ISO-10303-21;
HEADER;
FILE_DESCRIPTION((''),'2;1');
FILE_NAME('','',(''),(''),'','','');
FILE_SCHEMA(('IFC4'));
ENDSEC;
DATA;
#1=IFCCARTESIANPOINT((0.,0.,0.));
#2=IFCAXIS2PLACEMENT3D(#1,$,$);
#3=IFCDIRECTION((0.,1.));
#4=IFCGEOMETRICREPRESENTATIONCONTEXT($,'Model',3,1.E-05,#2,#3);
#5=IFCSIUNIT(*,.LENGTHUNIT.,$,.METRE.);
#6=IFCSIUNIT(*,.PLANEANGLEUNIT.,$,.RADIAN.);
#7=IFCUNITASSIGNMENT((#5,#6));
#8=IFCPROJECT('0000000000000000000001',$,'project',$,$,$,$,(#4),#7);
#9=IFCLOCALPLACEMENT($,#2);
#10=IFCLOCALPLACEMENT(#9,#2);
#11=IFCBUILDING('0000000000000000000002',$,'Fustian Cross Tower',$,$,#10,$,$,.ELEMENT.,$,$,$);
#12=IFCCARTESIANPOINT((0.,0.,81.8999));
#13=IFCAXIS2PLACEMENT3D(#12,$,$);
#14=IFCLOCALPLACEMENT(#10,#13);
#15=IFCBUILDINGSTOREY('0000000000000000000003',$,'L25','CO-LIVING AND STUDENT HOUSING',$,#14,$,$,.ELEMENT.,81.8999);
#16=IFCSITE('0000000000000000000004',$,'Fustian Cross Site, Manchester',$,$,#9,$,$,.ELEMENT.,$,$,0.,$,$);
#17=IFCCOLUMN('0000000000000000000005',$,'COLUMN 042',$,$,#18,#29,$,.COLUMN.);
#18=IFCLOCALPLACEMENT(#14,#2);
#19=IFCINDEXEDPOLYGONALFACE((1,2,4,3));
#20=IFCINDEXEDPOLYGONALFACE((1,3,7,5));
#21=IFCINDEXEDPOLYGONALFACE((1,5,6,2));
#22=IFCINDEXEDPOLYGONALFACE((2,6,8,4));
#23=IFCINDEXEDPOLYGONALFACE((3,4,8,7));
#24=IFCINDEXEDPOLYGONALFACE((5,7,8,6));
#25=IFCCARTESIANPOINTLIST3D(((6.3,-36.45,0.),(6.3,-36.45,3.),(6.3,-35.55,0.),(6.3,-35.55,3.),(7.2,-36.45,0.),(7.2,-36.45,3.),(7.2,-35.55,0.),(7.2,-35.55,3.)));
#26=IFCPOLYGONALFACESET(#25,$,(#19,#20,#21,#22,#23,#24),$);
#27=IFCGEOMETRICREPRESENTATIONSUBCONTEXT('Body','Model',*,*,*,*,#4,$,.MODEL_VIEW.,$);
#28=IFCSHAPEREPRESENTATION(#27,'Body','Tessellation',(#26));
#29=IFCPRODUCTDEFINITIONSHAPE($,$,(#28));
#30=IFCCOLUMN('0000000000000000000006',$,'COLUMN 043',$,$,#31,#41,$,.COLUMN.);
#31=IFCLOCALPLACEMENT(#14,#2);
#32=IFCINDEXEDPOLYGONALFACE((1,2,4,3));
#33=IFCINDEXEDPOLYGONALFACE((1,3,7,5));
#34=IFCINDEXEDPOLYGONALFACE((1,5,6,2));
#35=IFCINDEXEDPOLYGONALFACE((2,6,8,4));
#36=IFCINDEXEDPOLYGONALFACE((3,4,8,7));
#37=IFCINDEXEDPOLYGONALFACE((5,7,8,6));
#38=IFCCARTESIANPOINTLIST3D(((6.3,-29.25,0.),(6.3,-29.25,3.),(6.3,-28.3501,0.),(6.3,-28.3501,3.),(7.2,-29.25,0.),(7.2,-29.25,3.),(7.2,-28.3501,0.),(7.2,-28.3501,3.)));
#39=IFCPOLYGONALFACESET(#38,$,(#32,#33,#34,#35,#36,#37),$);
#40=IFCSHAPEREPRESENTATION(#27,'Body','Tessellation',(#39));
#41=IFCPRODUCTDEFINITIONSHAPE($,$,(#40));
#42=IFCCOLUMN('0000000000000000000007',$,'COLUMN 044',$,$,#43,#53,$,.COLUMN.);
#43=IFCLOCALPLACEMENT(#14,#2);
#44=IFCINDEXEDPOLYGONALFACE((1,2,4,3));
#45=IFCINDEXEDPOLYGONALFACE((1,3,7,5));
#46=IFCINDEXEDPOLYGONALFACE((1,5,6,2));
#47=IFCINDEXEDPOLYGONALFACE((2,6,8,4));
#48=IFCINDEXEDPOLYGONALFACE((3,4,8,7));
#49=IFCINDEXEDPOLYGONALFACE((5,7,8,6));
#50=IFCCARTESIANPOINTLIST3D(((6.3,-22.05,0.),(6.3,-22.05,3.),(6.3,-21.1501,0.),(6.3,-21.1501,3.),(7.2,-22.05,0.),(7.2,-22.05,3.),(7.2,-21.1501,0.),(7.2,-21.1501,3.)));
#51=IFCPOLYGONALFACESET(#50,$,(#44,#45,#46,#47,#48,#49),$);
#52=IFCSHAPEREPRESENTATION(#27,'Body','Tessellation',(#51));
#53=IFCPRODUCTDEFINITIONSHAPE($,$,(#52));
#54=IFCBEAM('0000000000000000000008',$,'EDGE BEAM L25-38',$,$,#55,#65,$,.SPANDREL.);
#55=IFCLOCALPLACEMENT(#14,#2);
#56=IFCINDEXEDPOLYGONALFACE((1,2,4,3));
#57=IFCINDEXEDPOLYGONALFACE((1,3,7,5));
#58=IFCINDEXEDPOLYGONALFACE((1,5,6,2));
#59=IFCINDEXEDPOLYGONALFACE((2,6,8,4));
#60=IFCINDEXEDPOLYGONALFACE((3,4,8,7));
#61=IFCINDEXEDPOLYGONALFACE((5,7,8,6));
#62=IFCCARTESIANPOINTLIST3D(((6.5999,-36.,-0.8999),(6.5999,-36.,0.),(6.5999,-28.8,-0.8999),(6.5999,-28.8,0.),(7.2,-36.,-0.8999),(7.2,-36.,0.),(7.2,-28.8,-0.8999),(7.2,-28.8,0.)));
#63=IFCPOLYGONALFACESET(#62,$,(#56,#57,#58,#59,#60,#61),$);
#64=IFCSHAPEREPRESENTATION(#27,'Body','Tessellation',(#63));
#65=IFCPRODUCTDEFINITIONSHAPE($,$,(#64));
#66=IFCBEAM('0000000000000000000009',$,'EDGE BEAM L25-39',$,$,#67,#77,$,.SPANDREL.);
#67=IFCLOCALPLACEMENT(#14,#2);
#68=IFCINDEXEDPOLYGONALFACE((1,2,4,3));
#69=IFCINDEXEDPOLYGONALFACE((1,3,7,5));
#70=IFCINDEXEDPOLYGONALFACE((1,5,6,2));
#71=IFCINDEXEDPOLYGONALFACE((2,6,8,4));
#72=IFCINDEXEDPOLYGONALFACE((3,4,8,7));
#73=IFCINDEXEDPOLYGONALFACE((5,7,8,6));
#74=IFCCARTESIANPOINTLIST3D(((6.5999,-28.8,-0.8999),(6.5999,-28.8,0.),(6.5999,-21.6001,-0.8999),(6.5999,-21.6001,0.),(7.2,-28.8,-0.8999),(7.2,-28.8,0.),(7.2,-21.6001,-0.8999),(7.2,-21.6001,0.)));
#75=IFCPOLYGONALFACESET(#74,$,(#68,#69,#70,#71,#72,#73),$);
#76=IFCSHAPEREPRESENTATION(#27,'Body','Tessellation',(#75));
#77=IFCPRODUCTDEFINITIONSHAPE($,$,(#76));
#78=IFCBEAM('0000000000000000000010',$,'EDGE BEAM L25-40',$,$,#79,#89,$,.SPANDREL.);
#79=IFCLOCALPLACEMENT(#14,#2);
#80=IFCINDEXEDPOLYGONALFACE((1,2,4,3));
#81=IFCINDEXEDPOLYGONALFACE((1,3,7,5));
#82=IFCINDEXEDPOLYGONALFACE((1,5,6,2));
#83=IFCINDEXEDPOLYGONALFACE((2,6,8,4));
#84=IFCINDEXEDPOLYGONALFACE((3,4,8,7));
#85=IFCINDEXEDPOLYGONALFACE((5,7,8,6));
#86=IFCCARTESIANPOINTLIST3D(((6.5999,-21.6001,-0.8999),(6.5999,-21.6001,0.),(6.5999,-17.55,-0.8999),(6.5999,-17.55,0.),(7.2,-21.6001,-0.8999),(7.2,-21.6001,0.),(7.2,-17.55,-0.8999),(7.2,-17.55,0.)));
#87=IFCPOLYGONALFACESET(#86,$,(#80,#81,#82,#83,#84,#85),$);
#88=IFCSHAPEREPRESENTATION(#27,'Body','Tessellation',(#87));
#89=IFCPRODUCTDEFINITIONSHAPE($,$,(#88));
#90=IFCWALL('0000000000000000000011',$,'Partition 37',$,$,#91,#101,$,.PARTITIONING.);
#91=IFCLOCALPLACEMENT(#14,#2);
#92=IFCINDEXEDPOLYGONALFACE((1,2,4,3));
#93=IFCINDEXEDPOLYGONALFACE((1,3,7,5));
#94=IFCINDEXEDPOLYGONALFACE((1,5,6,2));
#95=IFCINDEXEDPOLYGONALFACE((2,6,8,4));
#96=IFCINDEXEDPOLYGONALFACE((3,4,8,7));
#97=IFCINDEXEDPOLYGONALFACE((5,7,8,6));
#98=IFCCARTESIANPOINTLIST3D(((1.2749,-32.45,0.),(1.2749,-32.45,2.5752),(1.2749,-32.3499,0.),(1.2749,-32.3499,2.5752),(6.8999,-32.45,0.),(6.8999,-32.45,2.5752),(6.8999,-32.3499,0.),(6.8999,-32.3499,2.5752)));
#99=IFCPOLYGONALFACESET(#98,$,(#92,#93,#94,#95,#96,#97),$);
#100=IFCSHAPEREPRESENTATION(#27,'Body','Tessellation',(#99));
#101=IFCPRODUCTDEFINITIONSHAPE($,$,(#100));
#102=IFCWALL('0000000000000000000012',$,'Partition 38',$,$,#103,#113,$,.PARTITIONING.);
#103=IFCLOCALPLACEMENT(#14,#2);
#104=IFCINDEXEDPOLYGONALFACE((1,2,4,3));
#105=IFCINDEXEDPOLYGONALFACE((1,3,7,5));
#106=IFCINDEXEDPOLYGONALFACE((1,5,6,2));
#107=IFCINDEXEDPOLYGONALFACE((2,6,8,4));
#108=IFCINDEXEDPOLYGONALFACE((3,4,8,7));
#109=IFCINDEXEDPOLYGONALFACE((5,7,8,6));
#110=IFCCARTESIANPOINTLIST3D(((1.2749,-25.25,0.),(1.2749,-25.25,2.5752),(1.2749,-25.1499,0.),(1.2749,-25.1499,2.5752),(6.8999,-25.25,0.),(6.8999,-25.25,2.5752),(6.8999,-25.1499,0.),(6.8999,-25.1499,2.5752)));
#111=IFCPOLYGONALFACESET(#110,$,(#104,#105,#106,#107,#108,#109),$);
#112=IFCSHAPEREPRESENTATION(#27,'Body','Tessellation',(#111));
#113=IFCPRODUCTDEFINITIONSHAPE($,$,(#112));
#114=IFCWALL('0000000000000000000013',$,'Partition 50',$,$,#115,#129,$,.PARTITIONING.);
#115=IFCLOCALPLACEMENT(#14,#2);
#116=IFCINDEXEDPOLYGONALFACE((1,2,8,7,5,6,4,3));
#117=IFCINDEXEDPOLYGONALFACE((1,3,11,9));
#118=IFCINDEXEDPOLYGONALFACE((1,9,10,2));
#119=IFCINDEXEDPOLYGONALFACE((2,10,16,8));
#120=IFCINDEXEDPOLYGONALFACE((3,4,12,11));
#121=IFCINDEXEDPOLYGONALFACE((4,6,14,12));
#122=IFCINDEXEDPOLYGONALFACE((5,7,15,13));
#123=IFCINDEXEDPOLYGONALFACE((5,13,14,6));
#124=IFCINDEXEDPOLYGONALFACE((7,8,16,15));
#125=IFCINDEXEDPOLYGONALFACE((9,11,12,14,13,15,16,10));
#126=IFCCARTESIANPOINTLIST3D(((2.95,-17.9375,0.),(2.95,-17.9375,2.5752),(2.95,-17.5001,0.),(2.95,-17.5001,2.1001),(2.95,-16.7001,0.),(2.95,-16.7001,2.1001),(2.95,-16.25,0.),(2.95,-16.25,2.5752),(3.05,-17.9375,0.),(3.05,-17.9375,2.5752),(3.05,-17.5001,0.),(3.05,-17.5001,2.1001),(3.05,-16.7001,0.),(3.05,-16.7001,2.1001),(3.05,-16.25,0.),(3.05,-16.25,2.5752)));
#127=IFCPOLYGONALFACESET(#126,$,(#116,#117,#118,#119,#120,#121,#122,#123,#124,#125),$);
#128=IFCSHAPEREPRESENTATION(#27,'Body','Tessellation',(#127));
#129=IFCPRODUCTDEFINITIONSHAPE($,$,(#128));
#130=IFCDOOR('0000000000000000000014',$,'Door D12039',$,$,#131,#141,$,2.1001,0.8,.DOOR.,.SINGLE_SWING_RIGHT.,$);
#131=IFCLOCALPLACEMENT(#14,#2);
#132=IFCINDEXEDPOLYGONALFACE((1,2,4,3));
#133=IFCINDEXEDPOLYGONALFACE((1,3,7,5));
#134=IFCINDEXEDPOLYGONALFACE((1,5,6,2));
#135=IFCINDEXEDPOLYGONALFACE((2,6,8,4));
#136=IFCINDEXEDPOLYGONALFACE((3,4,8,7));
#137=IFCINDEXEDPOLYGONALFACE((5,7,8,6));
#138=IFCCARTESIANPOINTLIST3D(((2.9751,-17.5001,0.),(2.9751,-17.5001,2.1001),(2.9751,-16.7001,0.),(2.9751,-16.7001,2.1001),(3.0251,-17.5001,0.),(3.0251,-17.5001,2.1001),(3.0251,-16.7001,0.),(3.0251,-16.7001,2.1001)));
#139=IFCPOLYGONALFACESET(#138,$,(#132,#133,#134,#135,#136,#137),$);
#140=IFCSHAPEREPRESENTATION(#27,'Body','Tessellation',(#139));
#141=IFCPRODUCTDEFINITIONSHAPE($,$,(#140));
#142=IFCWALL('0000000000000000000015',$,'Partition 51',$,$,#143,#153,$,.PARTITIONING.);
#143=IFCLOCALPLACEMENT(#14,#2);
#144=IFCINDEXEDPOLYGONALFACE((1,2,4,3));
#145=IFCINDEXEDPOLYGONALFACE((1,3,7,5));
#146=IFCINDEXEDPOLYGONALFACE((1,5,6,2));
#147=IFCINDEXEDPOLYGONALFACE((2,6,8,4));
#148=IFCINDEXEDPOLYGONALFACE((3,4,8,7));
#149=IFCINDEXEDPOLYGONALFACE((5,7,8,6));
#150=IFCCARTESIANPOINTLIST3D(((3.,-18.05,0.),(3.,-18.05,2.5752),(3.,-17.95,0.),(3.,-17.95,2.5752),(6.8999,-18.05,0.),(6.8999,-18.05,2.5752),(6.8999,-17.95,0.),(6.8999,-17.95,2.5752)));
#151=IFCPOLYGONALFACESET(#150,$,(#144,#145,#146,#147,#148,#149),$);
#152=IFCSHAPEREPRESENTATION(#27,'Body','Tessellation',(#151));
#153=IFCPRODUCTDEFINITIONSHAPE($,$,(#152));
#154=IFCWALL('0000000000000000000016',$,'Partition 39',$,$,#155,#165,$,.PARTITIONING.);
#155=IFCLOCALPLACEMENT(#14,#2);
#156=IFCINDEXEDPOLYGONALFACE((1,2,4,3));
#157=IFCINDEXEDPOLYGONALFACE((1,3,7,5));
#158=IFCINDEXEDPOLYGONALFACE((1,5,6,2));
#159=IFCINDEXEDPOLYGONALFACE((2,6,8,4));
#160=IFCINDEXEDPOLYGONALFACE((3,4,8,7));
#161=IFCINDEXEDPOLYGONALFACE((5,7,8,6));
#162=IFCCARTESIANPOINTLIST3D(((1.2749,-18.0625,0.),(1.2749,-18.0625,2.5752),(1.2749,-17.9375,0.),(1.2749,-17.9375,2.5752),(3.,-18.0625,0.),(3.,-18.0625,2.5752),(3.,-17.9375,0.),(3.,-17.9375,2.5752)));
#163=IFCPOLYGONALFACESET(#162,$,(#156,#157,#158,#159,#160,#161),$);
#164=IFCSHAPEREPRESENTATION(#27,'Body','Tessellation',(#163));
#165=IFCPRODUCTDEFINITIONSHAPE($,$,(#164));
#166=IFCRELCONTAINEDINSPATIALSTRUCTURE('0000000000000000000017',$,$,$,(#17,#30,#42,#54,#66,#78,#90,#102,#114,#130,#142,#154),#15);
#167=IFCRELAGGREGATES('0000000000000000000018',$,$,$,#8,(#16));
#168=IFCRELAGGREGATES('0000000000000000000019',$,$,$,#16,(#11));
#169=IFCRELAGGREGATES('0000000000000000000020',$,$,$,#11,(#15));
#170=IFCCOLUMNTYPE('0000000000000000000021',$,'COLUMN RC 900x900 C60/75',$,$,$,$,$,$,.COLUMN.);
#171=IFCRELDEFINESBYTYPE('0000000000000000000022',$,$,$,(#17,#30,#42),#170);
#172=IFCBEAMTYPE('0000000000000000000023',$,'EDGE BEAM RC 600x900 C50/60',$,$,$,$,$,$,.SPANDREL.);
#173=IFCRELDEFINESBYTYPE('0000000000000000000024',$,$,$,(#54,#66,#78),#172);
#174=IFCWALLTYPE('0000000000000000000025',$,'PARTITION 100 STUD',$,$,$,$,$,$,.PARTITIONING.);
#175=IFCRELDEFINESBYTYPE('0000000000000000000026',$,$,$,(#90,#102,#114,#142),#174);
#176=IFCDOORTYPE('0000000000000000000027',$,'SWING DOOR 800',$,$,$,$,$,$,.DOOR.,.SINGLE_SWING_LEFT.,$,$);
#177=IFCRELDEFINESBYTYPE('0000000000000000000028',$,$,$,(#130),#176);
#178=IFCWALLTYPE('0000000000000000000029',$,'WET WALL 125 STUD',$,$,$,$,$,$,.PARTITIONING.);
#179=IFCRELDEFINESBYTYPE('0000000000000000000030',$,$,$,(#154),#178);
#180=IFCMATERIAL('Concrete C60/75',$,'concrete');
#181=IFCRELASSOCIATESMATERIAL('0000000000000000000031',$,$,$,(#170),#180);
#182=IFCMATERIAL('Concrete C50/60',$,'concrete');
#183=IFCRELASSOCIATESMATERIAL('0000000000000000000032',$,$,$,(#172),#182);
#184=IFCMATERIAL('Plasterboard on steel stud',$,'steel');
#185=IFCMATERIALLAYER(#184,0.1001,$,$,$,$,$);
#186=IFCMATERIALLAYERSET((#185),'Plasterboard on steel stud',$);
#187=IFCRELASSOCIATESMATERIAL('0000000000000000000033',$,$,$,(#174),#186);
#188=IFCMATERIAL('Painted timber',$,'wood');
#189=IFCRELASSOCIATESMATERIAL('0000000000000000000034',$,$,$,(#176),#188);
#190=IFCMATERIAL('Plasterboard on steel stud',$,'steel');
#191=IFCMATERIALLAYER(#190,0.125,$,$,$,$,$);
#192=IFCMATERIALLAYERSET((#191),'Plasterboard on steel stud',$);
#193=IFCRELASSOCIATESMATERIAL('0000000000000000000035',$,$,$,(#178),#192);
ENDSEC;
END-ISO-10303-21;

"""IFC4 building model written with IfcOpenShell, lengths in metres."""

from ifc_helpers import new_model, si_unit, direction, frame, frame_2d, origin, origin_2d, place, context, subcontext, project, spatial, rectangle, extrude, material, layer, layer_set, material_profile, profile_set, type_object, element, fill, save


model = new_model("IFC4")

# Units and contexts
model_context = context("Model", 3, precision=1e-05, world=origin(), true_north=direction((0.0, 1.0)))
body_context = subcontext(model_context, "Body", "Model", "MODEL_VIEW")
ifc_project = project(units=[si_unit("LENGTHUNIT", "METRE"), si_unit("PLANEANGLEUNIT", "RADIAN")], contexts=[model_context])

# Site, building, storey
site_placement = place(None, origin())
site = spatial("IfcSite", under=ifc_project, at=site_placement, Name="Fustian Cross Site, Manchester", CompositionType="ELEMENT", RefElevation=0.0)
building_placement = place(site_placement, origin())
building = spatial("IfcBuilding", under=site, at=building_placement, Name="Fustian Cross Tower", CompositionType="ELEMENT")
storey_placement = place(building_placement, frame((0.0, 0.0, 81.8999)))
storey = spatial("IfcBuildingStorey", under=building, at=storey_placement, Name="L25", Description="CO-LIVING AND STUDENT HOUSING", CompositionType="ELEMENT", Elevation=81.8999)

# Columns
ifc_material_1 = material(Name="Concrete C60/75", Category="concrete")
ifc_material_profile_1 = material_profile(ifc_material_1, rectangle(XDim=0.8999, YDim=0.8999, at=origin_2d()), Name="RC 900x900")
ifc_profile_set_1 = profile_set([ifc_material_profile_1], Name="Concrete C60/75")
column_type = type_object("IfcColumnType", Name="COLUMN RC 900x900 C60/75", PredefinedType="COLUMN", material=ifc_profile_set_1)
for number, where, z_axis, x_axis, name in (
    (1, (6.75, -36.0, 0.0), (0.0, 0.0, 1.0), (1.0, 0.0, 0.0), "COLUMN 042"),
    (2, (6.75, -28.8, 0.0), (0.0, 0.0, 1.0), (1.0, 0.0, 0.0), "COLUMN 043"),
    (3, (6.75, -21.6001, 0.0), (0.0, 0.0, 1.0), (1.0, 0.0, 0.0), "COLUMN 044"),
):
    element("IfcColumn", number, at=place(storey_placement, frame(where, z_axis=z_axis, x_axis=x_axis)), inside=storey, type_object=column_type, Name=name, PredefinedType="COLUMN", context=body_context, shape_type="SweptSolid", body=[
        extrude(rectangle(XDim=0.8999, YDim=0.8999, at=origin_2d()), origin(), (0.0, 0.0, 1.0), 3.0),
    ])

# Beams
ifc_material_2 = material(Name="Concrete C50/60", Category="concrete")
ifc_material_profile_2 = material_profile(ifc_material_2, rectangle(XDim=0.6001, YDim=0.8999, at=origin_2d()), Name="RC 600x900")
ifc_profile_set_2 = profile_set([ifc_material_profile_2], Name="Concrete C50/60")
beam_type = type_object("IfcBeamType", Name="EDGE BEAM RC 600x900 C50/60", PredefinedType="SPANDREL", material=ifc_profile_set_2)
for number, where, z_axis, x_axis, name in (
    (4, (6.8999, -36.0, -0.45), (0.0, 1.0, 0.0), (-1.0, 0.0, 0.0), "EDGE BEAM L25-38"),
    (5, (6.8999, -28.8, -0.45), (0.0, 1.0, 0.0), (-1.0, 0.0, 0.0), "EDGE BEAM L25-39"),
):
    element("IfcBeam", number, at=place(storey_placement, frame(where, z_axis=z_axis, x_axis=x_axis)), inside=storey, type_object=beam_type, Name=name, PredefinedType="SPANDREL", context=body_context, shape_type="SweptSolid", body=[
        extrude(rectangle(XDim=0.6001, YDim=0.8999, at=origin_2d()), origin(), (0.0, 0.0, 1.0), 7.2),
    ])
beam_placement = place(storey_placement, frame((6.8999, -21.6001, -0.45), z_axis=(0.0, 1.0, 0.0), x_axis=(-1.0, 0.0, 0.0)))
element("IfcBeam", 6, at=beam_placement, inside=storey, type_object=beam_type, Name="EDGE BEAM L25-40", PredefinedType="SPANDREL", context=body_context, shape_type="SweptSolid", body=[
    extrude(rectangle(XDim=0.6001, YDim=0.8999, at=origin_2d()), origin(), (0.0, 0.0, 1.0), 4.05),
])

# Walls
ifc_material_3 = material(Name="Plasterboard on steel stud", Category="steel")
ifc_layer_1 = layer(ifc_material_3, 0.1001)
ifc_layer_set_1 = layer_set([ifc_layer_1], Name="Plasterboard on steel stud")
wall_type_1 = type_object("IfcWallType", Name="PARTITION 100 STUD", PredefinedType="PARTITIONING", material=ifc_layer_set_1)
for number, where, z_axis, x_axis, name in (
    (7, (1.2749, -32.3999, 0.0), (0.0, 0.0, 1.0), (1.0, 0.0, 0.0), "Partition 37"),
    (8, (1.2749, -25.2, 0.0), (0.0, 0.0, 1.0), (1.0, 0.0, 0.0), "Partition 38"),
):
    element("IfcWall", number, at=place(storey_placement, frame(where, z_axis=z_axis, x_axis=x_axis)), inside=storey, type_object=wall_type_1, Name=name, PredefinedType="PARTITIONING", context=body_context, shape_type="SweptSolid", body=[
        extrude(rectangle(XDim=5.625, YDim=0.1001, at=frame_2d((2.8125, 0.0))), origin(), (0.0, 0.0, 1.0), 2.5752),
    ])

# Wall, opening, door
wall_1_placement = place(storey_placement, frame((3.0, -17.9375, 0.0), z_axis=(0.0, 0.0, 1.0), x_axis=(0.0, 1.0, 0.0)))
wall_1 = element("IfcWall", 9, at=wall_1_placement, inside=storey, type_object=wall_type_1, Name="Partition 50", PredefinedType="PARTITIONING", context=body_context, shape_type="SweptSolid", body=[
    extrude(rectangle(XDim=1.6875, YDim=0.1001, at=frame_2d((0.8438, 0.0))), origin(), (0.0, 0.0, 1.0), 2.5752),
])
opening_placement = place(wall_1_placement, frame((0.4375, 0.0, 0.0)))
opening = element("IfcOpeningElement", 10, at=opening_placement, cuts=wall_1, PredefinedType="OPENING", context=body_context, shape_type="SweptSolid", body=[
    extrude(rectangle(XDim=0.8, YDim=2.1001, at=frame_2d((0.3999, 1.05))), frame((0.0, 0.0601, 0.0), z_axis=(0.0, -1.0, 0.0), x_axis=(1.0, 0.0, 0.0)), (0.0, 0.0, 1.0), 0.1201),
])
ifc_material_4 = material(Name="Painted timber", Category="wood")
door_type = type_object("IfcDoorType", Name="SWING DOOR 800", OperationType="SINGLE_SWING_LEFT", PredefinedType="DOOR", material=ifc_material_4)
door_placement = place(opening_placement, origin())
door = element("IfcDoor", 11, at=door_placement, inside=storey, type_object=door_type, Name="Door D12039", OperationType="SINGLE_SWING_RIGHT", OverallHeight=2.1001, OverallWidth=0.8, PredefinedType="DOOR", context=body_context, shape_type="SweptSolid", body=[
    extrude(rectangle(XDim=0.8, YDim=2.1001, at=frame_2d((0.3999, 1.05))), frame((0.0, 0.0249, 0.0), z_axis=(0.0, -1.0, 0.0), x_axis=(1.0, 0.0, 0.0)), (0.0, 0.0, 1.0), 0.05),
])
fill(opening, door)

# Walls
wall_2_placement = place(storey_placement, frame((3.0, -18.0, 0.0), z_axis=(0.0, 0.0, 1.0), x_axis=(1.0, 0.0, 0.0)))
element("IfcWall", 12, at=wall_2_placement, inside=storey, type_object=wall_type_1, Name="Partition 51", PredefinedType="PARTITIONING", context=body_context, shape_type="SweptSolid", body=[
    extrude(rectangle(XDim=3.8999, YDim=0.1001, at=frame_2d((1.95, 0.0))), origin(), (0.0, 0.0, 1.0), 2.5752),
])
ifc_material_5 = material(Name="Plasterboard on steel stud", Category="steel")
ifc_layer_2 = layer(ifc_material_5, 0.125)
ifc_layer_set_2 = layer_set([ifc_layer_2], Name="Plasterboard on steel stud")
wall_type_2 = type_object("IfcWallType", Name="WET WALL 125 STUD", PredefinedType="PARTITIONING", material=ifc_layer_set_2)
wall_3_placement = place(storey_placement, frame((1.2749, -18.0, 0.0), z_axis=(0.0, 0.0, 1.0), x_axis=(1.0, 0.0, 0.0)))
element("IfcWall", 13, at=wall_3_placement, inside=storey, type_object=wall_type_2, Name="Partition 39", PredefinedType="PARTITIONING", context=body_context, shape_type="SweptSolid", body=[
    extrude(rectangle(XDim=1.7251, YDim=0.125, at=frame_2d((0.8625, 0.0))), origin(), (0.0, 0.0, 1.0), 2.5752),
])

save(model, "model.ifc")
